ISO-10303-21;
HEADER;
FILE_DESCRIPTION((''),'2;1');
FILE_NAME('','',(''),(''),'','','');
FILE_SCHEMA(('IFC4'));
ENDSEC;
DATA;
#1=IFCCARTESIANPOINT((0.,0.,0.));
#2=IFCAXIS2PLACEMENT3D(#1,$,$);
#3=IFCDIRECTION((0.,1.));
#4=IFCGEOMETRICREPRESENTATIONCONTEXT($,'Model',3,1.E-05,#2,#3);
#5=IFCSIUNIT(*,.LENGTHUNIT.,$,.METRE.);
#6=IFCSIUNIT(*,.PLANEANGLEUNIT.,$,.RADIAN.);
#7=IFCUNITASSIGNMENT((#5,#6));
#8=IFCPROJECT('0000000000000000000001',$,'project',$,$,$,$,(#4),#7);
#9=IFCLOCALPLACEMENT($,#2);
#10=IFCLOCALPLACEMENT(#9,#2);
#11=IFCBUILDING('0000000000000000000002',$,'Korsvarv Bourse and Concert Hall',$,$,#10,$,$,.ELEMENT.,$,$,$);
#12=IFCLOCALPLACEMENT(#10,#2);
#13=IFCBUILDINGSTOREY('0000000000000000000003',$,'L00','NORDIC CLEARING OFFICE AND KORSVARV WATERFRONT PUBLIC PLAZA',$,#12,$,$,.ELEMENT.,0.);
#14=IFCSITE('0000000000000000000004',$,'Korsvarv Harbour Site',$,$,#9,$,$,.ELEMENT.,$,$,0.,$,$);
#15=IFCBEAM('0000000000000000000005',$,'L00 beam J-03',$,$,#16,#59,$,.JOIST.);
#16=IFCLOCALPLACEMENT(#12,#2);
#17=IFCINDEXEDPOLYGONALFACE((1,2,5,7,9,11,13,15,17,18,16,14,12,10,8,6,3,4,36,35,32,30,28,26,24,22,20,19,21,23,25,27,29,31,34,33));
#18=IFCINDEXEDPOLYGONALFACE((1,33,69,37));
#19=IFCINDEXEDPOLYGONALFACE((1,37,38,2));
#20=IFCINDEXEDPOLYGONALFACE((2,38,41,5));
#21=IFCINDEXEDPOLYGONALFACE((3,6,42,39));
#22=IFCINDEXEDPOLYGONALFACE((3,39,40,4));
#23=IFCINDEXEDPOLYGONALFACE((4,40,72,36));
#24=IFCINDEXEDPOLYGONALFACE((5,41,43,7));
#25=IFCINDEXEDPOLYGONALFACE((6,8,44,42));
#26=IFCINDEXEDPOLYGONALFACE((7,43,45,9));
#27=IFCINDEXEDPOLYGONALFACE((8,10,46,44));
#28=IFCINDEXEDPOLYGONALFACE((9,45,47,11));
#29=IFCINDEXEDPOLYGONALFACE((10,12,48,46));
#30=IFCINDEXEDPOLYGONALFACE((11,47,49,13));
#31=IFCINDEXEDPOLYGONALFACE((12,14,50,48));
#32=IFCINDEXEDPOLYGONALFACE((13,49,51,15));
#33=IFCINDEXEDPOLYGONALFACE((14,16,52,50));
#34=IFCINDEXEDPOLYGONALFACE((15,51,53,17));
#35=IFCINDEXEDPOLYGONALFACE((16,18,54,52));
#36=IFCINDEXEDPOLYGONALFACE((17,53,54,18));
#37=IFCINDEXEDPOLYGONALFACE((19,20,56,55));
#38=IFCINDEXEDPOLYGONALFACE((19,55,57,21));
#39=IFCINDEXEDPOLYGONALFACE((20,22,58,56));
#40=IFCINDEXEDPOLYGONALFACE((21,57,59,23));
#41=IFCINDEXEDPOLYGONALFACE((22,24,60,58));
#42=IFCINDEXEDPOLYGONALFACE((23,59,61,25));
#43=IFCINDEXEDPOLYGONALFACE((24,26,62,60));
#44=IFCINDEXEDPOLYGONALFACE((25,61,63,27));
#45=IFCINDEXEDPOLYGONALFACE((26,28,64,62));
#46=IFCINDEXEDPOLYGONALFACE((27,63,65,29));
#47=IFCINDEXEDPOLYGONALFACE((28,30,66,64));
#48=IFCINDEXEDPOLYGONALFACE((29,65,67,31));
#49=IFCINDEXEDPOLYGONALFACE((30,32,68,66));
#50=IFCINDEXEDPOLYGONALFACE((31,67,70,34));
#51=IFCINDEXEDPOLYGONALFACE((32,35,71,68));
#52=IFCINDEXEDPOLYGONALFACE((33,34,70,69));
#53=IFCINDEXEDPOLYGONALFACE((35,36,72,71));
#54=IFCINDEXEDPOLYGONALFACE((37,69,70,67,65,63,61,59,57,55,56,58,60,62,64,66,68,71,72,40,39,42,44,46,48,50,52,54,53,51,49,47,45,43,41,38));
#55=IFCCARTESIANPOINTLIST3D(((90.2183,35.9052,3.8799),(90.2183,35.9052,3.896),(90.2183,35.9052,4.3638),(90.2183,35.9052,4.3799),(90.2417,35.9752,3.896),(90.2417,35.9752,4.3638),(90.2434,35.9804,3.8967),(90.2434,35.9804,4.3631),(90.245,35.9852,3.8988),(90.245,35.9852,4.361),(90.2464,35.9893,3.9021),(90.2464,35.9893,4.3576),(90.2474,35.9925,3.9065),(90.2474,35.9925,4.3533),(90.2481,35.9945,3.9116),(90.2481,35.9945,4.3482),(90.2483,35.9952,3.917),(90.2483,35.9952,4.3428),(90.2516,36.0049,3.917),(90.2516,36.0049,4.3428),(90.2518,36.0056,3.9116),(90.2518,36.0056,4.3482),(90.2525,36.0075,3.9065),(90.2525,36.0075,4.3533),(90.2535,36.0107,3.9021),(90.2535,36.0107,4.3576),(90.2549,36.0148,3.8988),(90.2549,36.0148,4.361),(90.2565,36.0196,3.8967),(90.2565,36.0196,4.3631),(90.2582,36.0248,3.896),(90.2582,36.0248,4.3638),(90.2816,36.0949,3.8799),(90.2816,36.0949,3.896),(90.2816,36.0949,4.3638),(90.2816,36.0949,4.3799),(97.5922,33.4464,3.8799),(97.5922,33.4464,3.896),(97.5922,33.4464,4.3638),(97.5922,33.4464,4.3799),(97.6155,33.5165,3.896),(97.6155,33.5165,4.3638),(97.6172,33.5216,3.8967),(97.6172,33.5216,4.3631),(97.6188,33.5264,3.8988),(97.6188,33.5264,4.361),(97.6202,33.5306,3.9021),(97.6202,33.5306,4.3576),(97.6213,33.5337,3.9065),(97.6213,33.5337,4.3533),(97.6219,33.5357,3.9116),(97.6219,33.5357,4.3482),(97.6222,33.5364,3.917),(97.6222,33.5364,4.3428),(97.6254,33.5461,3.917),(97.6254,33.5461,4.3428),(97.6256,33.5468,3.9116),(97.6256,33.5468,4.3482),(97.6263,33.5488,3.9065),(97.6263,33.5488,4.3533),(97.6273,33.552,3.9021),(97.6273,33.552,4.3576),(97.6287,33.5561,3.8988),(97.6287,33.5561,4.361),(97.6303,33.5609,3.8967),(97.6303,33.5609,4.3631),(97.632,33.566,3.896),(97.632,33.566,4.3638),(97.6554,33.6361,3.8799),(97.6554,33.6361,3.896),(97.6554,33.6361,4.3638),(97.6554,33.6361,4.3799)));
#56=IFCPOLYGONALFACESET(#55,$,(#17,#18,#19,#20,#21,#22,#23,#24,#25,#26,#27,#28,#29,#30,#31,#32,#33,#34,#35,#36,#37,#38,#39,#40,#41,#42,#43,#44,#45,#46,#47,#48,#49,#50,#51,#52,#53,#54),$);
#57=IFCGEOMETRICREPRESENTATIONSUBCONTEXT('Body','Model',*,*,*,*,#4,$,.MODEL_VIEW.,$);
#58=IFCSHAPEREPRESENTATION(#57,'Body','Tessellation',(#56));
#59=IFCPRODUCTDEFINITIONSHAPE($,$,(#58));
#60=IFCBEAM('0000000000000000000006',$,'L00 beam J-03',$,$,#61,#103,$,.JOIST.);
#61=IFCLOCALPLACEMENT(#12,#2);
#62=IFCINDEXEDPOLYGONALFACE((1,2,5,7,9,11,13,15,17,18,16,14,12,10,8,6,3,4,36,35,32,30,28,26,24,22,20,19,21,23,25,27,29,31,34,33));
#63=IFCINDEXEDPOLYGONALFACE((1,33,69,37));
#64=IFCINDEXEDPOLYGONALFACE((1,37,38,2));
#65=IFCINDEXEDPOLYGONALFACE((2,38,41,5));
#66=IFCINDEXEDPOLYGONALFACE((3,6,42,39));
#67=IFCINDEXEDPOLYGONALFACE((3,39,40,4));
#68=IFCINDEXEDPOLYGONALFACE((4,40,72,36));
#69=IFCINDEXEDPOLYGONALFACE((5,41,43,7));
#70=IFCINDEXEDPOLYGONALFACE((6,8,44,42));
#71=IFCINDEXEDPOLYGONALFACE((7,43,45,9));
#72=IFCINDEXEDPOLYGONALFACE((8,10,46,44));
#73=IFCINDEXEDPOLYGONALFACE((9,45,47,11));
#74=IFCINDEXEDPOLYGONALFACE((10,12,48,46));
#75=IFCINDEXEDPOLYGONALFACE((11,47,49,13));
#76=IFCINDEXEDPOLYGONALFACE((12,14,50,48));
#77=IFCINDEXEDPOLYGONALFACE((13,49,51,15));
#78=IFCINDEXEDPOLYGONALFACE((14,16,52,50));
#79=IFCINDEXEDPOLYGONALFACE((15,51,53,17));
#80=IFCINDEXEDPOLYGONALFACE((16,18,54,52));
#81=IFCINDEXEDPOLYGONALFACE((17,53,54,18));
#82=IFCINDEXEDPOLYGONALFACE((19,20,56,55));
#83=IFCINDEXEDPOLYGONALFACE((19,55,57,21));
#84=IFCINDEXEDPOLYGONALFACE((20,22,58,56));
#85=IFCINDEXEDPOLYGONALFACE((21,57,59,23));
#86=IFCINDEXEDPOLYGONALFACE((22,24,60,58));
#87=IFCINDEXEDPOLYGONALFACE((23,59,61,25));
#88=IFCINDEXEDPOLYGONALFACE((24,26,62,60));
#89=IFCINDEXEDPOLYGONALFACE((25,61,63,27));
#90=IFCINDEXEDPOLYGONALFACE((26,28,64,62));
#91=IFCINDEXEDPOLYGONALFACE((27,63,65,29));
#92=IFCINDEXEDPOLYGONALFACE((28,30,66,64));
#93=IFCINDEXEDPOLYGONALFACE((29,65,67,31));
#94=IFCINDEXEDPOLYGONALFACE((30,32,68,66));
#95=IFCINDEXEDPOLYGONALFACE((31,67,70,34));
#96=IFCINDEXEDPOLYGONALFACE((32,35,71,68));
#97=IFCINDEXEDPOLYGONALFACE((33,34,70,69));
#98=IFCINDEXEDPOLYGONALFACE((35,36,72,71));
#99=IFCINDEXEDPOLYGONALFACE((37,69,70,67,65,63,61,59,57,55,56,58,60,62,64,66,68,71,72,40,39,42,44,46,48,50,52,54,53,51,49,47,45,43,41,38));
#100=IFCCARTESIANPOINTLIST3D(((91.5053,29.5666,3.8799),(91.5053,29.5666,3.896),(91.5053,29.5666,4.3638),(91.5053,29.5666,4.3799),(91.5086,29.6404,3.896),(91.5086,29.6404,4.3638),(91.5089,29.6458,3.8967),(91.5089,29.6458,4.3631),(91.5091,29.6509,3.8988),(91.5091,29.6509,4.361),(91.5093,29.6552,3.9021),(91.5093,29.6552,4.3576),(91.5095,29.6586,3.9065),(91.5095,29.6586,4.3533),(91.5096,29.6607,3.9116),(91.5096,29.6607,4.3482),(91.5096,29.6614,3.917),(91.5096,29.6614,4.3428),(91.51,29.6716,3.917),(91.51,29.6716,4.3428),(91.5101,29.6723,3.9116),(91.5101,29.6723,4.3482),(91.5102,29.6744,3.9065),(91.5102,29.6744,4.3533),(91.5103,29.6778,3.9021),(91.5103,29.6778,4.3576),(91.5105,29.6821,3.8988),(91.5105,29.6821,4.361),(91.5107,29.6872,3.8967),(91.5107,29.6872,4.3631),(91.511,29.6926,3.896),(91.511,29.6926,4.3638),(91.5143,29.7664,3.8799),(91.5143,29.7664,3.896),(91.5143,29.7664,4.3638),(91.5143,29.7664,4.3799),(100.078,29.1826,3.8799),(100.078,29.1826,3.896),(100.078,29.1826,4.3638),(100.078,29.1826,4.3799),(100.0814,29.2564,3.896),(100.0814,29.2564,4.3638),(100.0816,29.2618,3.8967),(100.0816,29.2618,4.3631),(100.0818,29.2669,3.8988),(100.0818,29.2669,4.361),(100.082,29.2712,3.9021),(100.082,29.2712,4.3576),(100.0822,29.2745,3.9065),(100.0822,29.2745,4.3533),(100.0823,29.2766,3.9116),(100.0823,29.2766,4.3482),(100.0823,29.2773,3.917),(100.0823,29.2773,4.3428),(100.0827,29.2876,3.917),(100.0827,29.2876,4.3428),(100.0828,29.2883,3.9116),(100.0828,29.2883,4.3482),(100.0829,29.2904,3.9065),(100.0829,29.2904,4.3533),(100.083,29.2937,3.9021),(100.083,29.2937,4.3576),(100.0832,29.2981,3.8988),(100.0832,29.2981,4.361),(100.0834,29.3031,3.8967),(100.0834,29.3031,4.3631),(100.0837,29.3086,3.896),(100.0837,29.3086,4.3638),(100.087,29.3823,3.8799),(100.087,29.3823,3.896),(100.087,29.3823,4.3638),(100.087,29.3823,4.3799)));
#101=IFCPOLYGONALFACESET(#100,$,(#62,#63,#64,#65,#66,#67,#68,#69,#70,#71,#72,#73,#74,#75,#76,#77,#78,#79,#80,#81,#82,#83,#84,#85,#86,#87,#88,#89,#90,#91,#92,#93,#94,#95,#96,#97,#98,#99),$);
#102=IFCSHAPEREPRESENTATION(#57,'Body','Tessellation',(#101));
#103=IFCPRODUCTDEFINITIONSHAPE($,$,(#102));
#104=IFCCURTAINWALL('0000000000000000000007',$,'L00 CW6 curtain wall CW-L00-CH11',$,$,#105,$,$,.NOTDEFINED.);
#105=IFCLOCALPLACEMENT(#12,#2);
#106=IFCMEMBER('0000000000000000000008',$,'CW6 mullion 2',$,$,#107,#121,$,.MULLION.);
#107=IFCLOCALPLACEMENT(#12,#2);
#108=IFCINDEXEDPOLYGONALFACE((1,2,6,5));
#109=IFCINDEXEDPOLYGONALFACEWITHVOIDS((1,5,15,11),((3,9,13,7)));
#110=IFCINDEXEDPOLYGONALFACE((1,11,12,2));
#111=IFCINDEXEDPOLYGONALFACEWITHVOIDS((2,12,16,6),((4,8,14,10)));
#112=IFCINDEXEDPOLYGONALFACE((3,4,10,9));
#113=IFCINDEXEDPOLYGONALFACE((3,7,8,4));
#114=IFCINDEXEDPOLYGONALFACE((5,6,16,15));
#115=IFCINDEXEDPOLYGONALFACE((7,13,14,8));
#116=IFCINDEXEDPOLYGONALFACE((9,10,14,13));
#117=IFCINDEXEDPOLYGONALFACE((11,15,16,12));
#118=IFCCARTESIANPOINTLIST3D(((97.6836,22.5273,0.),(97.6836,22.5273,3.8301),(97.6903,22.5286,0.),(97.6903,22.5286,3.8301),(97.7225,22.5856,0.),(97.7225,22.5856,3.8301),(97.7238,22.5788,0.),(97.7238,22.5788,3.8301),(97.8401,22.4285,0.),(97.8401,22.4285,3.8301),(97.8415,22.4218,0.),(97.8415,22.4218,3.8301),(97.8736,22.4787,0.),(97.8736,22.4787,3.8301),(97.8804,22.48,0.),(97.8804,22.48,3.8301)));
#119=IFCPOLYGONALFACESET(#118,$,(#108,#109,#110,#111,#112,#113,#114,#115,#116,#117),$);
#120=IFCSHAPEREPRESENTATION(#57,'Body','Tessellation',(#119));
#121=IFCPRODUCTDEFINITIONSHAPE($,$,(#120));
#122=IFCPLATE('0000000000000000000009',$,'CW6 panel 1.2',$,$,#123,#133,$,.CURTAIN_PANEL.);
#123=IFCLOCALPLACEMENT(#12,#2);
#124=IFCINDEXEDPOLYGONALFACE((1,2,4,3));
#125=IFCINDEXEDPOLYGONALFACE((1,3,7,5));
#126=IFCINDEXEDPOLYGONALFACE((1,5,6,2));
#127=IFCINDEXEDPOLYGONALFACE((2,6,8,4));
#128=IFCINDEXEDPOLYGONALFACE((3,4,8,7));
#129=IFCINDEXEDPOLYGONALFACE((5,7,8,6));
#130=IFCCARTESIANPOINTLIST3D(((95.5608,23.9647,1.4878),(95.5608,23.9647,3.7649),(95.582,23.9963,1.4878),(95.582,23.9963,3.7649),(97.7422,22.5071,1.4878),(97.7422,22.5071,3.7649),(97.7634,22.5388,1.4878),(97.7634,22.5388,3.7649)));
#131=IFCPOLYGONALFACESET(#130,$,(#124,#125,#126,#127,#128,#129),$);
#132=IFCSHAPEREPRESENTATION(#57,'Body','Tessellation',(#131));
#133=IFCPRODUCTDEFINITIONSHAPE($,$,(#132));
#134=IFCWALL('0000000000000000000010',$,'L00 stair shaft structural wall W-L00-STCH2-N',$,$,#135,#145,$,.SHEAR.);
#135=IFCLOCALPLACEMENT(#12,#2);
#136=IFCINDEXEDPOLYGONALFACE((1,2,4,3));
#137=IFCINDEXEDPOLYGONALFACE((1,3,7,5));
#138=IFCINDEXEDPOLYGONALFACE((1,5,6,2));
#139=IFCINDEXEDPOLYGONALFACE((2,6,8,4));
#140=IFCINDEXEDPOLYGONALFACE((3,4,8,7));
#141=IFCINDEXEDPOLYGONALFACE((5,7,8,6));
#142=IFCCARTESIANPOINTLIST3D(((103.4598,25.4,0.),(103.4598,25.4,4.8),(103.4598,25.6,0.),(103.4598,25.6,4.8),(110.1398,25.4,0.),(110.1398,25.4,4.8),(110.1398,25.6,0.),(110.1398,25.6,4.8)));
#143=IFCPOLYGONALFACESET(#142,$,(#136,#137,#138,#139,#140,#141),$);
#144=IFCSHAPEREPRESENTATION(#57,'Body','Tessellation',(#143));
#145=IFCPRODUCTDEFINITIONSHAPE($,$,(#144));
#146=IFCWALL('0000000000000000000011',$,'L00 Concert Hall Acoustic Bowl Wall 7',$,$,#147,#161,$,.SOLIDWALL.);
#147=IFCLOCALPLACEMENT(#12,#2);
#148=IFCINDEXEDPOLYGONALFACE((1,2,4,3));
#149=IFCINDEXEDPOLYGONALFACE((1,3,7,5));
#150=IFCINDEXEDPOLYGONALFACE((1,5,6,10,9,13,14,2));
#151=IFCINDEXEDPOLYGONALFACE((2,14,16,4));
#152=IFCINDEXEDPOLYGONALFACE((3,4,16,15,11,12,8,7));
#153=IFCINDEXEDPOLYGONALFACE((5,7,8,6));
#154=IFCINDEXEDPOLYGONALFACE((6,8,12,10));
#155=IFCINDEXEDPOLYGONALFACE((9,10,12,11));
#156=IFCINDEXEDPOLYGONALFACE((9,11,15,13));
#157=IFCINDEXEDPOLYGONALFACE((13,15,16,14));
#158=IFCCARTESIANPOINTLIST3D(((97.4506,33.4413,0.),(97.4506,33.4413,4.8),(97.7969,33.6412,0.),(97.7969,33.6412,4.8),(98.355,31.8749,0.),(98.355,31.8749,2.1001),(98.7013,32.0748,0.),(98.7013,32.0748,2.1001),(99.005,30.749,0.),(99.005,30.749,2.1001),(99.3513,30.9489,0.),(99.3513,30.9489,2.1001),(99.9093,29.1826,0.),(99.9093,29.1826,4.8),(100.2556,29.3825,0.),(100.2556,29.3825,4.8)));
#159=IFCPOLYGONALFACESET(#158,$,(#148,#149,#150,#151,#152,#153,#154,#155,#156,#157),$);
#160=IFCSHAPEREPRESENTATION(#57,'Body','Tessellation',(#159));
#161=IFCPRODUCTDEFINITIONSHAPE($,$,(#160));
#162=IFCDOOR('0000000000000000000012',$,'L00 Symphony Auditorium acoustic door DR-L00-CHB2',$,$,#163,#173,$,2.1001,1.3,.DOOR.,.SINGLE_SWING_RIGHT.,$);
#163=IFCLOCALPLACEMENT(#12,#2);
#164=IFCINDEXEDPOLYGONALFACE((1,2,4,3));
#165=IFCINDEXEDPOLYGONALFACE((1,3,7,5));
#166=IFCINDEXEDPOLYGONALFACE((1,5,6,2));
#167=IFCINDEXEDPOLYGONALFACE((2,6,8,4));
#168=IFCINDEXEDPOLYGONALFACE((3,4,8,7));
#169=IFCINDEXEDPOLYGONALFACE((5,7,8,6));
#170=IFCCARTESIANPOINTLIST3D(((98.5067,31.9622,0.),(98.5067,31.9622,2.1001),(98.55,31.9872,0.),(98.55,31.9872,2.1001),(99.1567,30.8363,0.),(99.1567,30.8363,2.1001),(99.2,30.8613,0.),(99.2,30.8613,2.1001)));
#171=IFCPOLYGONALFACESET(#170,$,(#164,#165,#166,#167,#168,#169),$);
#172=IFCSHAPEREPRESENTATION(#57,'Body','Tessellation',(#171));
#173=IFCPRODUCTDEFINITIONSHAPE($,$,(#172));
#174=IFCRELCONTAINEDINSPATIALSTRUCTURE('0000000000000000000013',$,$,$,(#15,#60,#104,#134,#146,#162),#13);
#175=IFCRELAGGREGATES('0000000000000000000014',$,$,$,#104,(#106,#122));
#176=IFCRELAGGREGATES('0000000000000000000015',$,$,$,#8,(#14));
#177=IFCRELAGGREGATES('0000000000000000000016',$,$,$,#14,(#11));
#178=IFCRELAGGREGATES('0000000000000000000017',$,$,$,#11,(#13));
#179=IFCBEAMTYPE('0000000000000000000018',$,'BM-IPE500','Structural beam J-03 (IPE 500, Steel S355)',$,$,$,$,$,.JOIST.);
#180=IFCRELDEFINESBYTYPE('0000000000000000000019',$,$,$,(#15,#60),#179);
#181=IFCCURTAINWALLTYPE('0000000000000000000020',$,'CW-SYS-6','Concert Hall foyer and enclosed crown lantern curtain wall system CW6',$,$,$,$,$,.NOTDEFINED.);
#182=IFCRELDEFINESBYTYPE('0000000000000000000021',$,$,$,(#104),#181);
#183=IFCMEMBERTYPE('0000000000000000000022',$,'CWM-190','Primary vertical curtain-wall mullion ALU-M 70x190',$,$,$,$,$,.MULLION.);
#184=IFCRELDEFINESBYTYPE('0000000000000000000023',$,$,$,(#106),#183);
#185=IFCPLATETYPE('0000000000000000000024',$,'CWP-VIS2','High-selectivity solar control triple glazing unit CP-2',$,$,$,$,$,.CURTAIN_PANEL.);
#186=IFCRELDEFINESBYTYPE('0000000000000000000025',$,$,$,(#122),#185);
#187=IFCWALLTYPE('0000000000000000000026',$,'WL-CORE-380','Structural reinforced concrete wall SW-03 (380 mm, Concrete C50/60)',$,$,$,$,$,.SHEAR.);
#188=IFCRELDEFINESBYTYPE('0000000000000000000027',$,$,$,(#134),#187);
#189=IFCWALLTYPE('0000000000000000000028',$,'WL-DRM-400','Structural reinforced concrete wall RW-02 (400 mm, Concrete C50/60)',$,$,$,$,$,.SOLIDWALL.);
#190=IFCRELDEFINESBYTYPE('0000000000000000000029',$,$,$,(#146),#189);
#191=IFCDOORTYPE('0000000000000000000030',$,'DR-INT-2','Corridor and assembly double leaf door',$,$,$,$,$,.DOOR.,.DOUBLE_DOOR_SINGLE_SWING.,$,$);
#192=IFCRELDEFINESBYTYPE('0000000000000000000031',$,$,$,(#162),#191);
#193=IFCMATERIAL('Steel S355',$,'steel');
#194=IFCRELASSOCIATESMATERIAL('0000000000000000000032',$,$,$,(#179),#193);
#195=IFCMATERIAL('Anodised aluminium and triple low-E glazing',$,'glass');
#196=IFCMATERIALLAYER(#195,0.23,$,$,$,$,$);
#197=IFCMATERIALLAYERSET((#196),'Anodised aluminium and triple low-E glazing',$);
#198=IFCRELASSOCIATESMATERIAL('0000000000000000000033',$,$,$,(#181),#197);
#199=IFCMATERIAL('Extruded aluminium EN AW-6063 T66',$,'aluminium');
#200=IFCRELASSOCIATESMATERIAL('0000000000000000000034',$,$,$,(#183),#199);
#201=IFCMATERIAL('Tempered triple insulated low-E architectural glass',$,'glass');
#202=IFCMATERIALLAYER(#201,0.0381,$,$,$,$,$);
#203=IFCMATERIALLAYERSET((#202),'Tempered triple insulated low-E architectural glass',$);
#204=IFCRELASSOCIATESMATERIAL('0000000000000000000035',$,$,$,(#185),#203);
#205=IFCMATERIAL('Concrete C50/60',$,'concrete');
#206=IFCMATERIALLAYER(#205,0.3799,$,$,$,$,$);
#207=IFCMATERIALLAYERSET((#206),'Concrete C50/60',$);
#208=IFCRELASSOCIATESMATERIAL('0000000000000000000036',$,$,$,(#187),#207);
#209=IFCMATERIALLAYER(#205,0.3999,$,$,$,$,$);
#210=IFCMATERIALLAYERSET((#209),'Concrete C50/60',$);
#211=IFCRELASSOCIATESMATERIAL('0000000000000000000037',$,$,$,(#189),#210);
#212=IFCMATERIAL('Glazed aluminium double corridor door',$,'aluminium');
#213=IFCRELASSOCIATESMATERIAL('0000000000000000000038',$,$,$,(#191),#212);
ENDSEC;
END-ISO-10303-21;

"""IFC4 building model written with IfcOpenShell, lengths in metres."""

from ifc_helpers import new_model, si_unit, direction, frame, frame_2d, origin, origin_2d, place, context, subcontext, project, spatial, rectangle, hollow_rectangle, i_section, extrude, source, transform, mapped, material, layer, layer_set, material_profile, profile_set, type_object, element, fill, aggregate, save


model = new_model("IFC4")

# Units and contexts
model_context = context("Model", 3, precision=1e-05, world=origin(), true_north=direction((0.0, 1.0)))
body_context = subcontext(model_context, "Body", "Model", "MODEL_VIEW")
ifc_project = project(units=[si_unit("LENGTHUNIT", "METRE"), si_unit("PLANEANGLEUNIT", "RADIAN")], contexts=[model_context])

# Site, building, storey
site_placement = place(None, origin())
site = spatial("IfcSite", under=ifc_project, at=site_placement, Name="Korsvarv Harbour Site", CompositionType="ELEMENT", RefElevation=0.0)
building_placement = place(site_placement, origin())
building = spatial("IfcBuilding", under=site, at=building_placement, Name="Korsvarv Bourse and Concert Hall", CompositionType="ELEMENT")
storey_placement = place(building_placement, origin())
storey = spatial("IfcBuildingStorey", under=building, at=storey_placement, Name="L00", Description="NORDIC CLEARING OFFICE AND KORSVARV WATERFRONT PUBLIC PLAZA", CompositionType="ELEMENT", Elevation=0.0)

# Shared definitions
ifc_material_1 = material(Name="Concrete C50/60", Category="concrete")

# Beams
ifc_material_2 = material(Name="Steel S355", Category="steel")
ifc_material_profile_1 = material_profile(ifc_material_2, i_section(OverallWidth=0.2, OverallDepth=0.5, WebThickness=0.0103, FlangeThickness=0.0161, FilletRadius=0.021, at=origin_2d()), Name="IPE 500")
ifc_profile_set_1 = profile_set([ifc_material_profile_1], Name="Steel S355")
beam_type_1 = type_object("IfcBeamType", Name="BM-IPE500", Description="Structural beam J-03 (IPE 500, Steel S355)", PredefinedType="JOIST", material=ifc_profile_set_1)
shared_shape_1 = source(origin(), body_context, "Body", "SweptSolid", [
    extrude(i_section(OverallWidth=0.2, OverallDepth=0.5, WebThickness=0.0103, FlangeThickness=0.0161, FilletRadius=0.021, at=origin_2d()), origin(), (0.0, 0.0, 1.0), 7.7729),
])
beam_1_placement = place(storey_placement, frame((97.6238, 33.5413, 4.1299), z_axis=(-0.948652, 0.316322, 0.0), x_axis=(-0.316322, -0.948652, 0.0)))
element("IfcBeam", 1, at=beam_1_placement, inside=storey, type_object=beam_type_1, Name="L00 beam J-03", PredefinedType="JOIST", context=body_context, shape_type="MappedRepresentation", body=[
    mapped(shared_shape_1, transform((0.0, 0.0, 0.0), scale=1.0)),
])
shared_shape_2 = source(origin(), body_context, "Body", "SweptSolid", [
    extrude(i_section(OverallWidth=0.2, OverallDepth=0.5, WebThickness=0.0103, FlangeThickness=0.0161, FilletRadius=0.021, at=origin_2d()), origin(), (0.0, 0.0, 1.0), 8.5813),
])
beam_2_placement = place(storey_placement, frame((100.0825, 29.2825, 4.1299), z_axis=(-0.998998, 0.044752, 0.0), x_axis=(-0.044752, -0.998998, 0.0)))
element("IfcBeam", 2, at=beam_2_placement, inside=storey, type_object=beam_type_1, Name="L00 beam J-03", PredefinedType="JOIST", context=body_context, shape_type="MappedRepresentation", body=[
    mapped(shared_shape_2, transform((0.0, 0.0, 0.0), scale=1.0)),
])

# Curtain wall, member, plate
ifc_material_3 = material(Name="Anodised aluminium and triple low-E glazing", Category="glass")
ifc_layer_1 = layer(ifc_material_3, 0.23)
ifc_layer_set_1 = layer_set([ifc_layer_1], Name="Anodised aluminium and triple low-E glazing")
curtain_wall_type = type_object("IfcCurtainWallType", Name="CW-SYS-6", Description="Concert Hall foyer and enclosed crown lantern curtain wall system CW6", PredefinedType="NOTDEFINED", material=ifc_layer_set_1)
curtain_wall_placement = place(storey_placement, origin())
curtain_wall = element("IfcCurtainWall", 3, at=curtain_wall_placement, inside=storey, type_object=curtain_wall_type, Name="L00 CW6 curtain wall CW-L00-CH11", PredefinedType="NOTDEFINED")
ifc_material_4 = material(Name="Extruded aluminium EN AW-6063 T66", Category="aluminium")
ifc_material_profile_2 = material_profile(ifc_material_4, hollow_rectangle(XDim=0.0701, YDim=0.1899, WallThickness=0.0049, at=origin_2d()), Name="ALU-M 70x190")
ifc_profile_set_2 = profile_set([ifc_material_profile_2], Name="Extruded aluminium EN AW-6063 T66")
member_type = type_object("IfcMemberType", Name="CWM-190", Description="Primary vertical curtain-wall mullion ALU-M 70x190", PredefinedType="MULLION", material=ifc_profile_set_2)
shared_shape_3 = source(origin(), body_context, "Body", "SweptSolid", [
    extrude(hollow_rectangle(XDim=0.0701, YDim=0.1899, WallThickness=0.0049, at=origin_2d()), origin(), (0.0, 0.0, 1.0), 3.8301),
])
member_placement = place(storey_placement, frame((97.782, 22.5037, 0.0), z_axis=(0.0, 0.0, 1.0), x_axis=(0.555571, 0.831469, 0.0)))
member = element("IfcMember", 4, at=member_placement, type_object=member_type, Name="CW6 mullion 2", PredefinedType="MULLION", context=body_context, shape_type="MappedRepresentation", body=[
    mapped(shared_shape_3, transform((0.0, 0.0, 0.0), scale=1.0)),
])
ifc_material_5 = material(Name="Tempered triple insulated low-E architectural glass", Category="glass")
ifc_layer_2 = layer(ifc_material_5, 0.0381)
ifc_layer_set_2 = layer_set([ifc_layer_2], Name="Tempered triple insulated low-E architectural glass")
plate_type = type_object("IfcPlateType", Name="CWP-VIS2", Description="High-selectivity solar control triple glazing unit CP-2", PredefinedType="CURTAIN_PANEL", material=ifc_layer_set_2)
shared_shape_4 = source(origin(), body_context, "Body", "SweptSolid", [
    extrude(rectangle(XDim=2.6235, YDim=0.0381, at=origin_2d()), origin(), (0.0, 0.0, 1.0), 2.2771),
])
plate_placement = place(storey_placement, frame((96.6621, 23.2517, 1.4878), z_axis=(0.0, 0.0, 1.0), x_axis=(0.831469, -0.555571, 0.0)))
plate = element("IfcPlate", 5, at=plate_placement, type_object=plate_type, Name="CW6 panel 1.2", PredefinedType="CURTAIN_PANEL", context=body_context, shape_type="MappedRepresentation", body=[
    mapped(shared_shape_4, transform((0.0, 0.0, 0.0), scale=1.0)),
])
aggregate(curtain_wall, [member, plate])

# Wall
ifc_layer_3 = layer(ifc_material_1, 0.3799)
ifc_layer_set_3 = layer_set([ifc_layer_3], Name="Concrete C50/60")
wall_type_1 = type_object("IfcWallType", Name="WL-CORE-380", Description="Structural reinforced concrete wall SW-03 (380 mm, Concrete C50/60)", PredefinedType="SHEAR", material=ifc_layer_set_3)
wall_1_placement = place(storey_placement, frame((103.46, 25.5, 0.0), z_axis=(0.0, 0.0, 1.0), x_axis=(1.0, 0.0, 0.0)))
element("IfcWall", 6, at=wall_1_placement, inside=storey, type_object=wall_type_1, Name="L00 stair shaft structural wall W-L00-STCH2-N", PredefinedType="SHEAR", context=body_context, shape_type="SweptSolid", body=[
    extrude(rectangle(XDim=6.6799, YDim=0.2, at=frame_2d((3.3398, 0.0))), origin(), (0.0, 0.0, 1.0), 4.8),
])

# Wall, opening, door
ifc_layer_4 = layer(ifc_material_1, 0.3999)
ifc_layer_set_4 = layer_set([ifc_layer_4], Name="Concrete C50/60")
wall_type_2 = type_object("IfcWallType", Name="WL-DRM-400", Description="Structural reinforced concrete wall RW-02 (400 mm, Concrete C50/60)", PredefinedType="SOLIDWALL", material=ifc_layer_set_4)
wall_2_placement = place(storey_placement, frame((97.6238, 33.5413, 0.0), z_axis=(0.0, 0.0, 1.0), x_axis=(0.499989, -0.866032, 0.0)))
wall_2 = element("IfcWall", 7, at=wall_2_placement, inside=storey, type_object=wall_type_2, Name="L00 Concert Hall Acoustic Bowl Wall 7", PredefinedType="SOLIDWALL", context=body_context, shape_type="SweptSolid", body=[
    extrude(rectangle(XDim=4.9175, YDim=0.3999, at=frame_2d((2.4587, 0.0))), origin(), (0.0, 0.0, 1.0), 4.8),
])
opening_placement = place(wall_2_placement, frame((1.8088, 0.0, 0.0)))
opening = element("IfcOpeningElement", 8, at=opening_placement, cuts=wall_2, PredefinedType="OPENING", context=body_context, shape_type="SweptSolid", body=[
    extrude(rectangle(XDim=1.3, YDim=2.1001, at=frame_2d((0.6499, 1.05))), frame((0.0, 0.21, 0.0), z_axis=(0.0, -1.0, 0.0), x_axis=(1.0, 0.0, 0.0)), (0.0, 0.0, 1.0), 0.4199),
])
ifc_material_6 = material(Name="Glazed aluminium double corridor door", Category="aluminium")
door_type = type_object("IfcDoorType", Name="DR-INT-2", Description="Corridor and assembly double leaf door", OperationType="DOUBLE_DOOR_SINGLE_SWING", PredefinedType="DOOR", material=ifc_material_6)
door_placement = place(opening_placement, frame((1.3, 0.0, 0.0), z_axis=(0.0, 0.0, 1.0), x_axis=(-1.0, 0.0, 0.0)))
door = element("IfcDoor", 9, at=door_placement, inside=storey, type_object=door_type, Name="L00 Symphony Auditorium acoustic door DR-L00-CHB2", OperationType="SINGLE_SWING_RIGHT", OverallHeight=2.1001, OverallWidth=1.3, PredefinedType="DOOR", context=body_context, shape_type="SweptSolid", body=[
    extrude(rectangle(XDim=1.3, YDim=2.1001, at=frame_2d((0.6499, 1.05))), frame((0.0, 0.0249, 0.0), z_axis=(0.0, -1.0, 0.0), x_axis=(1.0, 0.0, 0.0)), (0.0, 0.0, 1.0), 0.05),
])
fill(opening, door)

save(model, "model.ifc")
